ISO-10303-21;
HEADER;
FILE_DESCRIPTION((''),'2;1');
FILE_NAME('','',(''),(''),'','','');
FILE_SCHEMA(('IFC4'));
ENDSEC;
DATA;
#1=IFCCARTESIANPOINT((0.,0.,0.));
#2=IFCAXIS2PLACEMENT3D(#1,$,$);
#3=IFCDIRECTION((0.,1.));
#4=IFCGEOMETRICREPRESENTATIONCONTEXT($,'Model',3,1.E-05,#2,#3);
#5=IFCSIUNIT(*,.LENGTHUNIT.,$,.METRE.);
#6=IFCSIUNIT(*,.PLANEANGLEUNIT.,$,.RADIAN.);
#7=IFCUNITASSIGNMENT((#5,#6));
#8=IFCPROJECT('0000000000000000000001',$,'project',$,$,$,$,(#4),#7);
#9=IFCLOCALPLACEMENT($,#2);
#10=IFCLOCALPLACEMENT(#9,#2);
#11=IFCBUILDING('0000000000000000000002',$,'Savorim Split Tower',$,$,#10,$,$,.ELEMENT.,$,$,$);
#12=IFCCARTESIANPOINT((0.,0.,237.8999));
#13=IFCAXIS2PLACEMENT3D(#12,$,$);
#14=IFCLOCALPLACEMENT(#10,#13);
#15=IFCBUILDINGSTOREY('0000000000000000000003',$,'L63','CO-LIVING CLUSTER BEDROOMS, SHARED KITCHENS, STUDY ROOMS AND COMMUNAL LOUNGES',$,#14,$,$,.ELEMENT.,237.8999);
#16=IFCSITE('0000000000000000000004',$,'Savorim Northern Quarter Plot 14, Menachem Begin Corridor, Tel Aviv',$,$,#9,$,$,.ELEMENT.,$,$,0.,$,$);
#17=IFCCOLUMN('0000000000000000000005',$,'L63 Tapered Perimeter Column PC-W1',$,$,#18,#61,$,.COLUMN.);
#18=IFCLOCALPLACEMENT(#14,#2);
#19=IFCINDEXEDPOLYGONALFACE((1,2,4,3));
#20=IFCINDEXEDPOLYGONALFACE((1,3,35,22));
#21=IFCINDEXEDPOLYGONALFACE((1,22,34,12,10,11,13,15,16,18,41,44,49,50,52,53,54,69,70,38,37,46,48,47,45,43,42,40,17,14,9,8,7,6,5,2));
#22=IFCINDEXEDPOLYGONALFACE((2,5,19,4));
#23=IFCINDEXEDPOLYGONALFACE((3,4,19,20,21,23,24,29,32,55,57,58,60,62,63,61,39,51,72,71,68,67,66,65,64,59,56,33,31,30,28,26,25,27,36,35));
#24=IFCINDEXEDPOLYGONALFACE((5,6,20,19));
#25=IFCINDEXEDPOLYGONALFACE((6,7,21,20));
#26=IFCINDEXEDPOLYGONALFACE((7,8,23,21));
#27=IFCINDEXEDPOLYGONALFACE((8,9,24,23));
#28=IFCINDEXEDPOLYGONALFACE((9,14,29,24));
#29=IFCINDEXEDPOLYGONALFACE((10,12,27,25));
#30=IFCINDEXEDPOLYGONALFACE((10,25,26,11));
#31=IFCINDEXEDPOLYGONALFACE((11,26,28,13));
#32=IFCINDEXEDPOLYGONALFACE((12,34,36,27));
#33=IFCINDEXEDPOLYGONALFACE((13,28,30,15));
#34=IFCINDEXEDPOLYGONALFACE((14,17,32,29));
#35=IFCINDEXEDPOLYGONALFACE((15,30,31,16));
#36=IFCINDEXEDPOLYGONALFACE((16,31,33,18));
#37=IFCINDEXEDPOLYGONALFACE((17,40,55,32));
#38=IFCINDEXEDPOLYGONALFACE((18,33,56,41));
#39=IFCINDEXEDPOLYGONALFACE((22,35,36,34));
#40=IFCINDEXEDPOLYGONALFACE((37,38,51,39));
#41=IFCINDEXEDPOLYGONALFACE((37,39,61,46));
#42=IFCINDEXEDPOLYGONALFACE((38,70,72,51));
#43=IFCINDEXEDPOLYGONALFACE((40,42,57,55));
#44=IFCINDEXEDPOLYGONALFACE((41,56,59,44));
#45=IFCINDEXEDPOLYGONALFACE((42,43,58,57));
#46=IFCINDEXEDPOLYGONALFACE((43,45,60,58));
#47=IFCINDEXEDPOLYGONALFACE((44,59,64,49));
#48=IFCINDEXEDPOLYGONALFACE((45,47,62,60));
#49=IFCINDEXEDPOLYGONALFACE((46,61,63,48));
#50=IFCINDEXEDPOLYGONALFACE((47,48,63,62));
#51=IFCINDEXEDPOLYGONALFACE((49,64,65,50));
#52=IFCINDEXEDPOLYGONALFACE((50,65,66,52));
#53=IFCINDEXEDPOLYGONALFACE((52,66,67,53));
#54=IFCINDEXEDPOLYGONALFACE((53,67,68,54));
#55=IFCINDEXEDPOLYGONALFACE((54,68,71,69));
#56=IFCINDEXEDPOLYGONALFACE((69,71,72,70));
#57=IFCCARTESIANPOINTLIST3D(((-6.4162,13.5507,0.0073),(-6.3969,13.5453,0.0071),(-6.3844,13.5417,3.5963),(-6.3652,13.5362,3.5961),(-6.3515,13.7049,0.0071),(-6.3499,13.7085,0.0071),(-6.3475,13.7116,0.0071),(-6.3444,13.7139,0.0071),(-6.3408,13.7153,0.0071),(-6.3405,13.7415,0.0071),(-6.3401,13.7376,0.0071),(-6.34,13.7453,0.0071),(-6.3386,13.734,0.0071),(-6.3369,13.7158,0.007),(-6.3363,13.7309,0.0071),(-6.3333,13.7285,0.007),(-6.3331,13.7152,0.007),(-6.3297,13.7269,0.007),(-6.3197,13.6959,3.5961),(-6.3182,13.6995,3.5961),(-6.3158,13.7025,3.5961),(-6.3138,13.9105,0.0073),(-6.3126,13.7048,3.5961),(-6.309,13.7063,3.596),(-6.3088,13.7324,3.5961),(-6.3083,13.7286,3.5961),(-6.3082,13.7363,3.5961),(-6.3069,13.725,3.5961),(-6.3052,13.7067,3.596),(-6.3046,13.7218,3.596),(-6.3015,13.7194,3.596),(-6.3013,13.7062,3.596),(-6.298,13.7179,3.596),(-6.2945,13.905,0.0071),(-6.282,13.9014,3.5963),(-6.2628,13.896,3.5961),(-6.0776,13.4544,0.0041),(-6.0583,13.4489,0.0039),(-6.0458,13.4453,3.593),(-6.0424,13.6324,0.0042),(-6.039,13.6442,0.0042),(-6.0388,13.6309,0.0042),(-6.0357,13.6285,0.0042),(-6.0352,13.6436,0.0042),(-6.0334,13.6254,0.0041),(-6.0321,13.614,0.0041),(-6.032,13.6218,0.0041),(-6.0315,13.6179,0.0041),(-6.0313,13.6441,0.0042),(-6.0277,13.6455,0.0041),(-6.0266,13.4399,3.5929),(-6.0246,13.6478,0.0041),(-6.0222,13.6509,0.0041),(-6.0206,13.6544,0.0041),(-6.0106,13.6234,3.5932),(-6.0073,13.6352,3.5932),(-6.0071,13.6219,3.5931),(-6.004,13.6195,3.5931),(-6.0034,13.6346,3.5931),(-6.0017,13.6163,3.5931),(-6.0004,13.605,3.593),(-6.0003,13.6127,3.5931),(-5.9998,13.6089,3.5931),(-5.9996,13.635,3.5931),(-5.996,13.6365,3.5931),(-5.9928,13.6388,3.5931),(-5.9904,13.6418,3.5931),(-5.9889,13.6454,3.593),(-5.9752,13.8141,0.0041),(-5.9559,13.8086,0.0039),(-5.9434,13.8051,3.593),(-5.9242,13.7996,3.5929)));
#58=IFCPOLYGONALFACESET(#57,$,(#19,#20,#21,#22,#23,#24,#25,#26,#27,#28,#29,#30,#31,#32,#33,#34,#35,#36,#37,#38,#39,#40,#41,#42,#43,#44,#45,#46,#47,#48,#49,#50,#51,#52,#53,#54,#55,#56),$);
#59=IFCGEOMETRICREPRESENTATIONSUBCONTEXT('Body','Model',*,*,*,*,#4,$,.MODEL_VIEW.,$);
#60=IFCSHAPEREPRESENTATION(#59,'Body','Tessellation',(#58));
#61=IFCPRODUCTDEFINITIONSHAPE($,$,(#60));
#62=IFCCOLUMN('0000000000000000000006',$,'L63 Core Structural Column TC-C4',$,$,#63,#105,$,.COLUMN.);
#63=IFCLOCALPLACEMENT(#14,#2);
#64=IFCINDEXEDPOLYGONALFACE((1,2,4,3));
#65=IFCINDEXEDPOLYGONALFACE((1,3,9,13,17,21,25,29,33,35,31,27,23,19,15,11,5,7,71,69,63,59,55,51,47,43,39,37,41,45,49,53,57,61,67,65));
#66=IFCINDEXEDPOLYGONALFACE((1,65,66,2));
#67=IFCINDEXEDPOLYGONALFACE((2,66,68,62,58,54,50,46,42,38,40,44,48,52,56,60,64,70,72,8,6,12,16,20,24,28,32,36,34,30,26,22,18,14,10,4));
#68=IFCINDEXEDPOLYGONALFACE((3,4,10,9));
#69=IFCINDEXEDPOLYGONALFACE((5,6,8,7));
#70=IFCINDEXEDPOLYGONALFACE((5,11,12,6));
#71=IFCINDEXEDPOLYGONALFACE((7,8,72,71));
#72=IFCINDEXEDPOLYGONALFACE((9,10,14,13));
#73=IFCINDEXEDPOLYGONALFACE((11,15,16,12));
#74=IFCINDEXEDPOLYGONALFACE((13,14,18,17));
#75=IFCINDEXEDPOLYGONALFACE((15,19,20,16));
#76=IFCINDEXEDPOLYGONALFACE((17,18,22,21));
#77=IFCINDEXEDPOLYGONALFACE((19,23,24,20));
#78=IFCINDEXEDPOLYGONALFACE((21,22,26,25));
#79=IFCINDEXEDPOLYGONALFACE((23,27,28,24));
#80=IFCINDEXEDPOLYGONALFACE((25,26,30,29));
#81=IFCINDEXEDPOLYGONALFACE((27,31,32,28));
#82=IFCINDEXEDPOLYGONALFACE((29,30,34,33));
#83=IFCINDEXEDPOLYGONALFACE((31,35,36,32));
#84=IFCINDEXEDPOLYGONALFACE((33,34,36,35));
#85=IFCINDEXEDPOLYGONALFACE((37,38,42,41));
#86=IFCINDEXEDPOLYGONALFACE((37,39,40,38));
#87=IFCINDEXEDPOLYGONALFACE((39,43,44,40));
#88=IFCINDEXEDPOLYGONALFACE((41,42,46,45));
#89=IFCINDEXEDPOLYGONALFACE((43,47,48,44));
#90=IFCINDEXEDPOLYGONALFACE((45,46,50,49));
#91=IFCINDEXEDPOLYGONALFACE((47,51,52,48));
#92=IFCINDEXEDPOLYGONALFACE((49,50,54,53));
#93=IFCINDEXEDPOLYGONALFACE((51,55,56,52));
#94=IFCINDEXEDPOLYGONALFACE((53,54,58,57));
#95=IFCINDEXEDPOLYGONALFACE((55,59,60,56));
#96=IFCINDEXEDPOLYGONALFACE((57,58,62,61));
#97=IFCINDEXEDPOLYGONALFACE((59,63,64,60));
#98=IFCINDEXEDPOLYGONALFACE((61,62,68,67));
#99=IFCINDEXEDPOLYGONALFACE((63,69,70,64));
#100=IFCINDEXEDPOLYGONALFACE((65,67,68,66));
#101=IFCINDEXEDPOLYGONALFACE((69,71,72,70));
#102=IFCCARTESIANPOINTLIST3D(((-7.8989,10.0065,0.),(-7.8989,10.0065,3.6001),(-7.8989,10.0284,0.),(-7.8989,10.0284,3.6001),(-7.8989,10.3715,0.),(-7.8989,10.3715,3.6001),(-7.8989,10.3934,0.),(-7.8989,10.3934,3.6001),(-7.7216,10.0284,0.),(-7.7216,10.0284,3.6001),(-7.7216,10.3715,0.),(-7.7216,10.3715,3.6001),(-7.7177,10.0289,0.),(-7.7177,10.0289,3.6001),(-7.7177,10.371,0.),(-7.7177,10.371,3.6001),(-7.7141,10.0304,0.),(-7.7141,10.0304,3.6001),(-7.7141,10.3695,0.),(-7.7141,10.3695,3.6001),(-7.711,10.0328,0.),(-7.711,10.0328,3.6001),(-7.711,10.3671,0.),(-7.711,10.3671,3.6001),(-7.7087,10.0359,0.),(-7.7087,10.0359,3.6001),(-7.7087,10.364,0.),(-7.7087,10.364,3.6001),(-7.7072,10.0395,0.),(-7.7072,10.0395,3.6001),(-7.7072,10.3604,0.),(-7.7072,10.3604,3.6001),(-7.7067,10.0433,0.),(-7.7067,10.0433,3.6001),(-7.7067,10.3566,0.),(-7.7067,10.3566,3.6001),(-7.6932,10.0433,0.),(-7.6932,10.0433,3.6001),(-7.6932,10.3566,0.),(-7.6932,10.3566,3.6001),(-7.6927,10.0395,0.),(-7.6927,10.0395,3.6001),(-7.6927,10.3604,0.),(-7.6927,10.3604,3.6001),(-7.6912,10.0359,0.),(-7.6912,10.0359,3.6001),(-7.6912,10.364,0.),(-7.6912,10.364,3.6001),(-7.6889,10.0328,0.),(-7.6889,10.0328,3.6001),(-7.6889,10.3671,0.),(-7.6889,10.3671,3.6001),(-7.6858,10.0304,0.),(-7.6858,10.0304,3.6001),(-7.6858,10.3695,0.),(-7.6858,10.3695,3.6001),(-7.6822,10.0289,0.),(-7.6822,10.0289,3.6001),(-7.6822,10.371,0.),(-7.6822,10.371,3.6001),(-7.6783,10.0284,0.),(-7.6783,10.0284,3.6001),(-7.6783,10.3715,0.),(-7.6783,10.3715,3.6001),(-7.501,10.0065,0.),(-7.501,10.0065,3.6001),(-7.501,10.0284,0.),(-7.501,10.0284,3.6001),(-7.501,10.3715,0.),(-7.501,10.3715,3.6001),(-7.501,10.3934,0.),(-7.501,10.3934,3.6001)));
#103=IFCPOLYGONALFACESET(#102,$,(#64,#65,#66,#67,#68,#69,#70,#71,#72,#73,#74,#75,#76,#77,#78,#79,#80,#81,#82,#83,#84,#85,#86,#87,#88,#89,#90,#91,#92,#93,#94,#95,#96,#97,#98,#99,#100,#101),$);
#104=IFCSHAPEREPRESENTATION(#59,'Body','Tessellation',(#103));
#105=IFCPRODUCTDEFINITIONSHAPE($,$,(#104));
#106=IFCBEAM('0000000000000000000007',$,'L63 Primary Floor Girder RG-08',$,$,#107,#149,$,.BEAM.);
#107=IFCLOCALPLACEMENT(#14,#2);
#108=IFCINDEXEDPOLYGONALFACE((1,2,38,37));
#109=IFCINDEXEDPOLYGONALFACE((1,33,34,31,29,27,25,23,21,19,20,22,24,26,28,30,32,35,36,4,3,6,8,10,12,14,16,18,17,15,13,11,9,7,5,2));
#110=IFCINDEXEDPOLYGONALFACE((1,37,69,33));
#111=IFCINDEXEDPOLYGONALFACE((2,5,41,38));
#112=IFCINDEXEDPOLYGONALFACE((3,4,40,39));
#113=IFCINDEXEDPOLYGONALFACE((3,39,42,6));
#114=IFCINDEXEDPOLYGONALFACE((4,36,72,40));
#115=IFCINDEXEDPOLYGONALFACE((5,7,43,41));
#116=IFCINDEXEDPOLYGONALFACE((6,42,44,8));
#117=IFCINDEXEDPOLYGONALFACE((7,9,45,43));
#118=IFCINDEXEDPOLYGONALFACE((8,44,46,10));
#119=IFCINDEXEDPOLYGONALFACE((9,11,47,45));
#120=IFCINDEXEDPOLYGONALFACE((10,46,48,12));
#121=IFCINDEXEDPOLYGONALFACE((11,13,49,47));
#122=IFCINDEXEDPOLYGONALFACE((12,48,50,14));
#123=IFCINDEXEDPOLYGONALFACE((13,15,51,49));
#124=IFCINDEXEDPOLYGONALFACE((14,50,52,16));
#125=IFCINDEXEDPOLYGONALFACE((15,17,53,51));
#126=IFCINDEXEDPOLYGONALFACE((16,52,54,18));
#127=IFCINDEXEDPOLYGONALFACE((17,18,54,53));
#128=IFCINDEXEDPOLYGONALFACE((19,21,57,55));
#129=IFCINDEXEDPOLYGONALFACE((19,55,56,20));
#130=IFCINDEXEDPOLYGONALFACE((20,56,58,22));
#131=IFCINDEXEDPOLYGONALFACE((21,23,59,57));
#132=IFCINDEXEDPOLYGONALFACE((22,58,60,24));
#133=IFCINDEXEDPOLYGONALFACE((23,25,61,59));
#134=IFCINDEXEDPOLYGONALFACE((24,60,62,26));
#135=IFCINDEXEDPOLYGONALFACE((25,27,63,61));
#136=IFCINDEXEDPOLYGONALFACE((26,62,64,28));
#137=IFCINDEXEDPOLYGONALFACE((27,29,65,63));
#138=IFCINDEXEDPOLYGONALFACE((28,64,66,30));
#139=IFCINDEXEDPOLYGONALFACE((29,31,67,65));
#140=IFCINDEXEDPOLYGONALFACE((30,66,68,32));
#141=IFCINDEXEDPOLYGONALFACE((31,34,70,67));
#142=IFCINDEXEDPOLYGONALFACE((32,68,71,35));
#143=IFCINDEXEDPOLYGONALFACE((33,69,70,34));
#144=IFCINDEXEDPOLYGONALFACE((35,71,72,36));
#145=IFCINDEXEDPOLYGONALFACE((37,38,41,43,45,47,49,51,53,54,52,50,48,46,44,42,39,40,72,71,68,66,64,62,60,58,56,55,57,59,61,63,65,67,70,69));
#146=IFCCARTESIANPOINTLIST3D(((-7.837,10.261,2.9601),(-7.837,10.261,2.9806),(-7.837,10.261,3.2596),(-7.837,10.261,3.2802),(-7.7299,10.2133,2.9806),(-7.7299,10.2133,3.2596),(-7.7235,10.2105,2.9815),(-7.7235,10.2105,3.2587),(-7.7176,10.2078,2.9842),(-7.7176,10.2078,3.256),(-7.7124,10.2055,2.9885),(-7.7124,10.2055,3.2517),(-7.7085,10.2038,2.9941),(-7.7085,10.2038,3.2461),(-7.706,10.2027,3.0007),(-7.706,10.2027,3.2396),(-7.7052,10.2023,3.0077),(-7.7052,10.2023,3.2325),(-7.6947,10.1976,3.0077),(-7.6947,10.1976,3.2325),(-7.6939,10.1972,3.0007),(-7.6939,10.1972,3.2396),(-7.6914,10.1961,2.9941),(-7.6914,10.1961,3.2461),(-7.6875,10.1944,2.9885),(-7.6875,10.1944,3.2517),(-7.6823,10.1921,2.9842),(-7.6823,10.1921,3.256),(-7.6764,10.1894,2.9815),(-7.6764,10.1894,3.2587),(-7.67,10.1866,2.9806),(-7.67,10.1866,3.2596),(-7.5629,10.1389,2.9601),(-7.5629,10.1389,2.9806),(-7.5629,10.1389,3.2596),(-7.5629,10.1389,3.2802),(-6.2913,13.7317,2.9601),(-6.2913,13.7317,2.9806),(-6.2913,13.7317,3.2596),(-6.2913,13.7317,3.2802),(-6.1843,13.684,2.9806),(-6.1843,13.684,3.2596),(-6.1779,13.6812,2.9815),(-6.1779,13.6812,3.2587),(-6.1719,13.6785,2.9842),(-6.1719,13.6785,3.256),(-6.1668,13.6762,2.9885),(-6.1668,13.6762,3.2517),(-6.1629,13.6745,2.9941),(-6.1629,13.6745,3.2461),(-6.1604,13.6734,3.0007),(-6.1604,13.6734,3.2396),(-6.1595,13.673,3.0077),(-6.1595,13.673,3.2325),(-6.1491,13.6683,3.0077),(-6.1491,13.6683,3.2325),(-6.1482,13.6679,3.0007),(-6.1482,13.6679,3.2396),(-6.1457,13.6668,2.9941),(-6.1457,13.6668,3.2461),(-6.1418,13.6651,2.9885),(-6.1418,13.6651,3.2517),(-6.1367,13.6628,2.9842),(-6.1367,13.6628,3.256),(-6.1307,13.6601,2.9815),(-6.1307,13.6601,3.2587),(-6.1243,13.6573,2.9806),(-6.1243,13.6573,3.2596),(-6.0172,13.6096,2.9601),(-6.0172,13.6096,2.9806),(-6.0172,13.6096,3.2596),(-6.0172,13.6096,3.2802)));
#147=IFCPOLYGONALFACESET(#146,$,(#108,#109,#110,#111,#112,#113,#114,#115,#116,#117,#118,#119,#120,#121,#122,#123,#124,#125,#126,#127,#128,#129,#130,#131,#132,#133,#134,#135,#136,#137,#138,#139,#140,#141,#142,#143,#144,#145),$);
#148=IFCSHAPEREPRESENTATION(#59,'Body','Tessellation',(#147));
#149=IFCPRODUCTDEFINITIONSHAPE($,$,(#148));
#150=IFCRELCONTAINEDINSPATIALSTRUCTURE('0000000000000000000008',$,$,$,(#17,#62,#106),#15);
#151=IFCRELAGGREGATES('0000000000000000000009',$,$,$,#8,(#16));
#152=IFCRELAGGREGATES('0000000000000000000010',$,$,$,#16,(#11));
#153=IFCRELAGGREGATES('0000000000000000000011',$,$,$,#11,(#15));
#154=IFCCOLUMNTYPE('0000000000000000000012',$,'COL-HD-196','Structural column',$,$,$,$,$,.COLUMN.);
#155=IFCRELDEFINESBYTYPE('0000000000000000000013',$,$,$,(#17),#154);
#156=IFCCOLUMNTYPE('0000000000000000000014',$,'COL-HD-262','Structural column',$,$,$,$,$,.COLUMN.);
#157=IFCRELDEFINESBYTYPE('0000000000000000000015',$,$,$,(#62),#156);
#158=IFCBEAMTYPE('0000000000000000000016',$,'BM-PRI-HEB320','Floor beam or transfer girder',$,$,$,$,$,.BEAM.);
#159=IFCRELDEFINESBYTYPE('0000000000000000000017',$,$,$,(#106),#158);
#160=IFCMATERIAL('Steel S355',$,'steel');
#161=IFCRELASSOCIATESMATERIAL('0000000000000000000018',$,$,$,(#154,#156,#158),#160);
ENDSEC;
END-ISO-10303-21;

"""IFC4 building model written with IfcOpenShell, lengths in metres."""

from ifc_helpers import new_model, si_unit, direction, frame, origin, origin_2d, place, context, subcontext, project, spatial, i_section, extrude, material, material_profile, profile_set, type_object, element, save


model = new_model("IFC4")

# Units and contexts
model_context = context("Model", 3, precision=1e-05, world=origin(), true_north=direction((0.0, 1.0)))
body_context = subcontext(model_context, "Body", "Model", "MODEL_VIEW")
ifc_project = project(units=[si_unit("LENGTHUNIT", "METRE"), si_unit("PLANEANGLEUNIT", "RADIAN")], contexts=[model_context])

# Site, building, storey
site_placement = place(None, origin())
site = spatial("IfcSite", under=ifc_project, at=site_placement, Name="Savorim Northern Quarter Plot 14, Menachem Begin Corridor, Tel Aviv", CompositionType="ELEMENT", RefElevation=0.0)
building_placement = place(site_placement, origin())
building = spatial("IfcBuilding", under=site, at=building_placement, Name="Savorim Split Tower", CompositionType="ELEMENT")
storey_placement = place(building_placement, frame((0.0, 0.0, 237.8999)))
storey = spatial("IfcBuildingStorey", under=building, at=storey_placement, Name="L63", Description="CO-LIVING CLUSTER BEDROOMS, SHARED KITCHENS, STUDY ROOMS AND COMMUNAL LOUNGES", CompositionType="ELEMENT", Elevation=237.8999)

# Columns
ifc_material_1 = material(Name="Steel S355", Category="steel")
ifc_material_profile_1 = material_profile(ifc_material_1, i_section(OverallWidth=0.374, OverallDepth=0.3721, WebThickness=0.0122, FlangeThickness=0.02, FilletRadius=0.0149, at=origin_2d()), Name="HD 360x196")
ifc_profile_set_1 = profile_set([ifc_material_profile_1], Name="Steel S355")
column_type_1 = type_object("IfcColumnType", Name="COL-HD-196", Description="Structural column", PredefinedType="COLUMN", material=ifc_profile_set_1)
column_1_placement = place(storey_placement, frame((-6.186, 13.6797, 0.0056), z_axis=(0.008843, -0.002517, 0.999958), x_axis=(0.273744, 0.961803, 0.0)))
element("IfcColumn", 1, at=column_1_placement, inside=storey, type_object=column_type_1, Name="L63 Tapered Perimeter Column PC-W1", PredefinedType="COLUMN", context=body_context, shape_type="SweptSolid", body=[
    extrude(i_section(OverallWidth=0.374, OverallDepth=0.3721, WebThickness=0.0122, FlangeThickness=0.02, FilletRadius=0.0149, at=origin_2d()), origin(), (0.0, 0.0, 1.0), 3.5891),
])
ifc_material_profile_2 = material_profile(ifc_material_1, i_section(OverallWidth=0.3979, OverallDepth=0.387, WebThickness=0.0134, FlangeThickness=0.022, FilletRadius=0.0149, at=origin_2d()), Name="HD 400x262")
ifc_profile_set_2 = profile_set([ifc_material_profile_2], Name="Steel S355")
column_type_2 = type_object("IfcColumnType", Name="COL-HD-262", Description="Structural column", PredefinedType="COLUMN", material=ifc_profile_set_2)
column_2_placement = place(storey_placement, frame((-7.7, 10.2, 0.0), z_axis=(0.0, 0.0, 1.0), x_axis=(1.0, 0.0, 0.0)))
element("IfcColumn", 2, at=column_2_placement, inside=storey, type_object=column_type_2, Name="L63 Core Structural Column TC-C4", PredefinedType="COLUMN", context=body_context, shape_type="SweptSolid", body=[
    extrude(i_section(OverallWidth=0.3979, OverallDepth=0.387, WebThickness=0.0134, FlangeThickness=0.022, FilletRadius=0.0149, at=origin_2d()), origin(), (0.0, 0.0, 1.0), 3.6001),
])

# Beam
ifc_material_profile_3 = material_profile(ifc_material_1, i_section(OverallWidth=0.3, OverallDepth=0.3201, WebThickness=0.0115, FlangeThickness=0.0205, FilletRadius=0.0271, at=origin_2d()), Name="HEB 320")
ifc_profile_set_3 = profile_set([ifc_material_profile_3], Name="Steel S355")
beam_type_1 = type_object("IfcBeamType", Name="BM-PRI-HEB320", Description="Floor beam or transfer girder", PredefinedType="BEAM", material=ifc_profile_set_3)
beam_1_placement = place(storey_placement, frame((-6.1543, 13.6707, 3.1201), z_axis=(-0.406824, -0.913507, 0.0), x_axis=(0.913507, -0.406824, 0.0)))
element("IfcBeam", 3, at=beam_1_placement, inside=storey, type_object=beam_type_1, Name="L63 Primary Floor Girder RG-08", PredefinedType="BEAM", context=body_context, shape_type="SweptSolid", body=[
    extrude(i_section(OverallWidth=0.3, OverallDepth=0.3201, WebThickness=0.0115, FlangeThickness=0.0205, FilletRadius=0.0271, at=origin_2d()), origin(), (0.0, 0.0, 1.0), 3.7993),
])

save(model, "model.ifc")
